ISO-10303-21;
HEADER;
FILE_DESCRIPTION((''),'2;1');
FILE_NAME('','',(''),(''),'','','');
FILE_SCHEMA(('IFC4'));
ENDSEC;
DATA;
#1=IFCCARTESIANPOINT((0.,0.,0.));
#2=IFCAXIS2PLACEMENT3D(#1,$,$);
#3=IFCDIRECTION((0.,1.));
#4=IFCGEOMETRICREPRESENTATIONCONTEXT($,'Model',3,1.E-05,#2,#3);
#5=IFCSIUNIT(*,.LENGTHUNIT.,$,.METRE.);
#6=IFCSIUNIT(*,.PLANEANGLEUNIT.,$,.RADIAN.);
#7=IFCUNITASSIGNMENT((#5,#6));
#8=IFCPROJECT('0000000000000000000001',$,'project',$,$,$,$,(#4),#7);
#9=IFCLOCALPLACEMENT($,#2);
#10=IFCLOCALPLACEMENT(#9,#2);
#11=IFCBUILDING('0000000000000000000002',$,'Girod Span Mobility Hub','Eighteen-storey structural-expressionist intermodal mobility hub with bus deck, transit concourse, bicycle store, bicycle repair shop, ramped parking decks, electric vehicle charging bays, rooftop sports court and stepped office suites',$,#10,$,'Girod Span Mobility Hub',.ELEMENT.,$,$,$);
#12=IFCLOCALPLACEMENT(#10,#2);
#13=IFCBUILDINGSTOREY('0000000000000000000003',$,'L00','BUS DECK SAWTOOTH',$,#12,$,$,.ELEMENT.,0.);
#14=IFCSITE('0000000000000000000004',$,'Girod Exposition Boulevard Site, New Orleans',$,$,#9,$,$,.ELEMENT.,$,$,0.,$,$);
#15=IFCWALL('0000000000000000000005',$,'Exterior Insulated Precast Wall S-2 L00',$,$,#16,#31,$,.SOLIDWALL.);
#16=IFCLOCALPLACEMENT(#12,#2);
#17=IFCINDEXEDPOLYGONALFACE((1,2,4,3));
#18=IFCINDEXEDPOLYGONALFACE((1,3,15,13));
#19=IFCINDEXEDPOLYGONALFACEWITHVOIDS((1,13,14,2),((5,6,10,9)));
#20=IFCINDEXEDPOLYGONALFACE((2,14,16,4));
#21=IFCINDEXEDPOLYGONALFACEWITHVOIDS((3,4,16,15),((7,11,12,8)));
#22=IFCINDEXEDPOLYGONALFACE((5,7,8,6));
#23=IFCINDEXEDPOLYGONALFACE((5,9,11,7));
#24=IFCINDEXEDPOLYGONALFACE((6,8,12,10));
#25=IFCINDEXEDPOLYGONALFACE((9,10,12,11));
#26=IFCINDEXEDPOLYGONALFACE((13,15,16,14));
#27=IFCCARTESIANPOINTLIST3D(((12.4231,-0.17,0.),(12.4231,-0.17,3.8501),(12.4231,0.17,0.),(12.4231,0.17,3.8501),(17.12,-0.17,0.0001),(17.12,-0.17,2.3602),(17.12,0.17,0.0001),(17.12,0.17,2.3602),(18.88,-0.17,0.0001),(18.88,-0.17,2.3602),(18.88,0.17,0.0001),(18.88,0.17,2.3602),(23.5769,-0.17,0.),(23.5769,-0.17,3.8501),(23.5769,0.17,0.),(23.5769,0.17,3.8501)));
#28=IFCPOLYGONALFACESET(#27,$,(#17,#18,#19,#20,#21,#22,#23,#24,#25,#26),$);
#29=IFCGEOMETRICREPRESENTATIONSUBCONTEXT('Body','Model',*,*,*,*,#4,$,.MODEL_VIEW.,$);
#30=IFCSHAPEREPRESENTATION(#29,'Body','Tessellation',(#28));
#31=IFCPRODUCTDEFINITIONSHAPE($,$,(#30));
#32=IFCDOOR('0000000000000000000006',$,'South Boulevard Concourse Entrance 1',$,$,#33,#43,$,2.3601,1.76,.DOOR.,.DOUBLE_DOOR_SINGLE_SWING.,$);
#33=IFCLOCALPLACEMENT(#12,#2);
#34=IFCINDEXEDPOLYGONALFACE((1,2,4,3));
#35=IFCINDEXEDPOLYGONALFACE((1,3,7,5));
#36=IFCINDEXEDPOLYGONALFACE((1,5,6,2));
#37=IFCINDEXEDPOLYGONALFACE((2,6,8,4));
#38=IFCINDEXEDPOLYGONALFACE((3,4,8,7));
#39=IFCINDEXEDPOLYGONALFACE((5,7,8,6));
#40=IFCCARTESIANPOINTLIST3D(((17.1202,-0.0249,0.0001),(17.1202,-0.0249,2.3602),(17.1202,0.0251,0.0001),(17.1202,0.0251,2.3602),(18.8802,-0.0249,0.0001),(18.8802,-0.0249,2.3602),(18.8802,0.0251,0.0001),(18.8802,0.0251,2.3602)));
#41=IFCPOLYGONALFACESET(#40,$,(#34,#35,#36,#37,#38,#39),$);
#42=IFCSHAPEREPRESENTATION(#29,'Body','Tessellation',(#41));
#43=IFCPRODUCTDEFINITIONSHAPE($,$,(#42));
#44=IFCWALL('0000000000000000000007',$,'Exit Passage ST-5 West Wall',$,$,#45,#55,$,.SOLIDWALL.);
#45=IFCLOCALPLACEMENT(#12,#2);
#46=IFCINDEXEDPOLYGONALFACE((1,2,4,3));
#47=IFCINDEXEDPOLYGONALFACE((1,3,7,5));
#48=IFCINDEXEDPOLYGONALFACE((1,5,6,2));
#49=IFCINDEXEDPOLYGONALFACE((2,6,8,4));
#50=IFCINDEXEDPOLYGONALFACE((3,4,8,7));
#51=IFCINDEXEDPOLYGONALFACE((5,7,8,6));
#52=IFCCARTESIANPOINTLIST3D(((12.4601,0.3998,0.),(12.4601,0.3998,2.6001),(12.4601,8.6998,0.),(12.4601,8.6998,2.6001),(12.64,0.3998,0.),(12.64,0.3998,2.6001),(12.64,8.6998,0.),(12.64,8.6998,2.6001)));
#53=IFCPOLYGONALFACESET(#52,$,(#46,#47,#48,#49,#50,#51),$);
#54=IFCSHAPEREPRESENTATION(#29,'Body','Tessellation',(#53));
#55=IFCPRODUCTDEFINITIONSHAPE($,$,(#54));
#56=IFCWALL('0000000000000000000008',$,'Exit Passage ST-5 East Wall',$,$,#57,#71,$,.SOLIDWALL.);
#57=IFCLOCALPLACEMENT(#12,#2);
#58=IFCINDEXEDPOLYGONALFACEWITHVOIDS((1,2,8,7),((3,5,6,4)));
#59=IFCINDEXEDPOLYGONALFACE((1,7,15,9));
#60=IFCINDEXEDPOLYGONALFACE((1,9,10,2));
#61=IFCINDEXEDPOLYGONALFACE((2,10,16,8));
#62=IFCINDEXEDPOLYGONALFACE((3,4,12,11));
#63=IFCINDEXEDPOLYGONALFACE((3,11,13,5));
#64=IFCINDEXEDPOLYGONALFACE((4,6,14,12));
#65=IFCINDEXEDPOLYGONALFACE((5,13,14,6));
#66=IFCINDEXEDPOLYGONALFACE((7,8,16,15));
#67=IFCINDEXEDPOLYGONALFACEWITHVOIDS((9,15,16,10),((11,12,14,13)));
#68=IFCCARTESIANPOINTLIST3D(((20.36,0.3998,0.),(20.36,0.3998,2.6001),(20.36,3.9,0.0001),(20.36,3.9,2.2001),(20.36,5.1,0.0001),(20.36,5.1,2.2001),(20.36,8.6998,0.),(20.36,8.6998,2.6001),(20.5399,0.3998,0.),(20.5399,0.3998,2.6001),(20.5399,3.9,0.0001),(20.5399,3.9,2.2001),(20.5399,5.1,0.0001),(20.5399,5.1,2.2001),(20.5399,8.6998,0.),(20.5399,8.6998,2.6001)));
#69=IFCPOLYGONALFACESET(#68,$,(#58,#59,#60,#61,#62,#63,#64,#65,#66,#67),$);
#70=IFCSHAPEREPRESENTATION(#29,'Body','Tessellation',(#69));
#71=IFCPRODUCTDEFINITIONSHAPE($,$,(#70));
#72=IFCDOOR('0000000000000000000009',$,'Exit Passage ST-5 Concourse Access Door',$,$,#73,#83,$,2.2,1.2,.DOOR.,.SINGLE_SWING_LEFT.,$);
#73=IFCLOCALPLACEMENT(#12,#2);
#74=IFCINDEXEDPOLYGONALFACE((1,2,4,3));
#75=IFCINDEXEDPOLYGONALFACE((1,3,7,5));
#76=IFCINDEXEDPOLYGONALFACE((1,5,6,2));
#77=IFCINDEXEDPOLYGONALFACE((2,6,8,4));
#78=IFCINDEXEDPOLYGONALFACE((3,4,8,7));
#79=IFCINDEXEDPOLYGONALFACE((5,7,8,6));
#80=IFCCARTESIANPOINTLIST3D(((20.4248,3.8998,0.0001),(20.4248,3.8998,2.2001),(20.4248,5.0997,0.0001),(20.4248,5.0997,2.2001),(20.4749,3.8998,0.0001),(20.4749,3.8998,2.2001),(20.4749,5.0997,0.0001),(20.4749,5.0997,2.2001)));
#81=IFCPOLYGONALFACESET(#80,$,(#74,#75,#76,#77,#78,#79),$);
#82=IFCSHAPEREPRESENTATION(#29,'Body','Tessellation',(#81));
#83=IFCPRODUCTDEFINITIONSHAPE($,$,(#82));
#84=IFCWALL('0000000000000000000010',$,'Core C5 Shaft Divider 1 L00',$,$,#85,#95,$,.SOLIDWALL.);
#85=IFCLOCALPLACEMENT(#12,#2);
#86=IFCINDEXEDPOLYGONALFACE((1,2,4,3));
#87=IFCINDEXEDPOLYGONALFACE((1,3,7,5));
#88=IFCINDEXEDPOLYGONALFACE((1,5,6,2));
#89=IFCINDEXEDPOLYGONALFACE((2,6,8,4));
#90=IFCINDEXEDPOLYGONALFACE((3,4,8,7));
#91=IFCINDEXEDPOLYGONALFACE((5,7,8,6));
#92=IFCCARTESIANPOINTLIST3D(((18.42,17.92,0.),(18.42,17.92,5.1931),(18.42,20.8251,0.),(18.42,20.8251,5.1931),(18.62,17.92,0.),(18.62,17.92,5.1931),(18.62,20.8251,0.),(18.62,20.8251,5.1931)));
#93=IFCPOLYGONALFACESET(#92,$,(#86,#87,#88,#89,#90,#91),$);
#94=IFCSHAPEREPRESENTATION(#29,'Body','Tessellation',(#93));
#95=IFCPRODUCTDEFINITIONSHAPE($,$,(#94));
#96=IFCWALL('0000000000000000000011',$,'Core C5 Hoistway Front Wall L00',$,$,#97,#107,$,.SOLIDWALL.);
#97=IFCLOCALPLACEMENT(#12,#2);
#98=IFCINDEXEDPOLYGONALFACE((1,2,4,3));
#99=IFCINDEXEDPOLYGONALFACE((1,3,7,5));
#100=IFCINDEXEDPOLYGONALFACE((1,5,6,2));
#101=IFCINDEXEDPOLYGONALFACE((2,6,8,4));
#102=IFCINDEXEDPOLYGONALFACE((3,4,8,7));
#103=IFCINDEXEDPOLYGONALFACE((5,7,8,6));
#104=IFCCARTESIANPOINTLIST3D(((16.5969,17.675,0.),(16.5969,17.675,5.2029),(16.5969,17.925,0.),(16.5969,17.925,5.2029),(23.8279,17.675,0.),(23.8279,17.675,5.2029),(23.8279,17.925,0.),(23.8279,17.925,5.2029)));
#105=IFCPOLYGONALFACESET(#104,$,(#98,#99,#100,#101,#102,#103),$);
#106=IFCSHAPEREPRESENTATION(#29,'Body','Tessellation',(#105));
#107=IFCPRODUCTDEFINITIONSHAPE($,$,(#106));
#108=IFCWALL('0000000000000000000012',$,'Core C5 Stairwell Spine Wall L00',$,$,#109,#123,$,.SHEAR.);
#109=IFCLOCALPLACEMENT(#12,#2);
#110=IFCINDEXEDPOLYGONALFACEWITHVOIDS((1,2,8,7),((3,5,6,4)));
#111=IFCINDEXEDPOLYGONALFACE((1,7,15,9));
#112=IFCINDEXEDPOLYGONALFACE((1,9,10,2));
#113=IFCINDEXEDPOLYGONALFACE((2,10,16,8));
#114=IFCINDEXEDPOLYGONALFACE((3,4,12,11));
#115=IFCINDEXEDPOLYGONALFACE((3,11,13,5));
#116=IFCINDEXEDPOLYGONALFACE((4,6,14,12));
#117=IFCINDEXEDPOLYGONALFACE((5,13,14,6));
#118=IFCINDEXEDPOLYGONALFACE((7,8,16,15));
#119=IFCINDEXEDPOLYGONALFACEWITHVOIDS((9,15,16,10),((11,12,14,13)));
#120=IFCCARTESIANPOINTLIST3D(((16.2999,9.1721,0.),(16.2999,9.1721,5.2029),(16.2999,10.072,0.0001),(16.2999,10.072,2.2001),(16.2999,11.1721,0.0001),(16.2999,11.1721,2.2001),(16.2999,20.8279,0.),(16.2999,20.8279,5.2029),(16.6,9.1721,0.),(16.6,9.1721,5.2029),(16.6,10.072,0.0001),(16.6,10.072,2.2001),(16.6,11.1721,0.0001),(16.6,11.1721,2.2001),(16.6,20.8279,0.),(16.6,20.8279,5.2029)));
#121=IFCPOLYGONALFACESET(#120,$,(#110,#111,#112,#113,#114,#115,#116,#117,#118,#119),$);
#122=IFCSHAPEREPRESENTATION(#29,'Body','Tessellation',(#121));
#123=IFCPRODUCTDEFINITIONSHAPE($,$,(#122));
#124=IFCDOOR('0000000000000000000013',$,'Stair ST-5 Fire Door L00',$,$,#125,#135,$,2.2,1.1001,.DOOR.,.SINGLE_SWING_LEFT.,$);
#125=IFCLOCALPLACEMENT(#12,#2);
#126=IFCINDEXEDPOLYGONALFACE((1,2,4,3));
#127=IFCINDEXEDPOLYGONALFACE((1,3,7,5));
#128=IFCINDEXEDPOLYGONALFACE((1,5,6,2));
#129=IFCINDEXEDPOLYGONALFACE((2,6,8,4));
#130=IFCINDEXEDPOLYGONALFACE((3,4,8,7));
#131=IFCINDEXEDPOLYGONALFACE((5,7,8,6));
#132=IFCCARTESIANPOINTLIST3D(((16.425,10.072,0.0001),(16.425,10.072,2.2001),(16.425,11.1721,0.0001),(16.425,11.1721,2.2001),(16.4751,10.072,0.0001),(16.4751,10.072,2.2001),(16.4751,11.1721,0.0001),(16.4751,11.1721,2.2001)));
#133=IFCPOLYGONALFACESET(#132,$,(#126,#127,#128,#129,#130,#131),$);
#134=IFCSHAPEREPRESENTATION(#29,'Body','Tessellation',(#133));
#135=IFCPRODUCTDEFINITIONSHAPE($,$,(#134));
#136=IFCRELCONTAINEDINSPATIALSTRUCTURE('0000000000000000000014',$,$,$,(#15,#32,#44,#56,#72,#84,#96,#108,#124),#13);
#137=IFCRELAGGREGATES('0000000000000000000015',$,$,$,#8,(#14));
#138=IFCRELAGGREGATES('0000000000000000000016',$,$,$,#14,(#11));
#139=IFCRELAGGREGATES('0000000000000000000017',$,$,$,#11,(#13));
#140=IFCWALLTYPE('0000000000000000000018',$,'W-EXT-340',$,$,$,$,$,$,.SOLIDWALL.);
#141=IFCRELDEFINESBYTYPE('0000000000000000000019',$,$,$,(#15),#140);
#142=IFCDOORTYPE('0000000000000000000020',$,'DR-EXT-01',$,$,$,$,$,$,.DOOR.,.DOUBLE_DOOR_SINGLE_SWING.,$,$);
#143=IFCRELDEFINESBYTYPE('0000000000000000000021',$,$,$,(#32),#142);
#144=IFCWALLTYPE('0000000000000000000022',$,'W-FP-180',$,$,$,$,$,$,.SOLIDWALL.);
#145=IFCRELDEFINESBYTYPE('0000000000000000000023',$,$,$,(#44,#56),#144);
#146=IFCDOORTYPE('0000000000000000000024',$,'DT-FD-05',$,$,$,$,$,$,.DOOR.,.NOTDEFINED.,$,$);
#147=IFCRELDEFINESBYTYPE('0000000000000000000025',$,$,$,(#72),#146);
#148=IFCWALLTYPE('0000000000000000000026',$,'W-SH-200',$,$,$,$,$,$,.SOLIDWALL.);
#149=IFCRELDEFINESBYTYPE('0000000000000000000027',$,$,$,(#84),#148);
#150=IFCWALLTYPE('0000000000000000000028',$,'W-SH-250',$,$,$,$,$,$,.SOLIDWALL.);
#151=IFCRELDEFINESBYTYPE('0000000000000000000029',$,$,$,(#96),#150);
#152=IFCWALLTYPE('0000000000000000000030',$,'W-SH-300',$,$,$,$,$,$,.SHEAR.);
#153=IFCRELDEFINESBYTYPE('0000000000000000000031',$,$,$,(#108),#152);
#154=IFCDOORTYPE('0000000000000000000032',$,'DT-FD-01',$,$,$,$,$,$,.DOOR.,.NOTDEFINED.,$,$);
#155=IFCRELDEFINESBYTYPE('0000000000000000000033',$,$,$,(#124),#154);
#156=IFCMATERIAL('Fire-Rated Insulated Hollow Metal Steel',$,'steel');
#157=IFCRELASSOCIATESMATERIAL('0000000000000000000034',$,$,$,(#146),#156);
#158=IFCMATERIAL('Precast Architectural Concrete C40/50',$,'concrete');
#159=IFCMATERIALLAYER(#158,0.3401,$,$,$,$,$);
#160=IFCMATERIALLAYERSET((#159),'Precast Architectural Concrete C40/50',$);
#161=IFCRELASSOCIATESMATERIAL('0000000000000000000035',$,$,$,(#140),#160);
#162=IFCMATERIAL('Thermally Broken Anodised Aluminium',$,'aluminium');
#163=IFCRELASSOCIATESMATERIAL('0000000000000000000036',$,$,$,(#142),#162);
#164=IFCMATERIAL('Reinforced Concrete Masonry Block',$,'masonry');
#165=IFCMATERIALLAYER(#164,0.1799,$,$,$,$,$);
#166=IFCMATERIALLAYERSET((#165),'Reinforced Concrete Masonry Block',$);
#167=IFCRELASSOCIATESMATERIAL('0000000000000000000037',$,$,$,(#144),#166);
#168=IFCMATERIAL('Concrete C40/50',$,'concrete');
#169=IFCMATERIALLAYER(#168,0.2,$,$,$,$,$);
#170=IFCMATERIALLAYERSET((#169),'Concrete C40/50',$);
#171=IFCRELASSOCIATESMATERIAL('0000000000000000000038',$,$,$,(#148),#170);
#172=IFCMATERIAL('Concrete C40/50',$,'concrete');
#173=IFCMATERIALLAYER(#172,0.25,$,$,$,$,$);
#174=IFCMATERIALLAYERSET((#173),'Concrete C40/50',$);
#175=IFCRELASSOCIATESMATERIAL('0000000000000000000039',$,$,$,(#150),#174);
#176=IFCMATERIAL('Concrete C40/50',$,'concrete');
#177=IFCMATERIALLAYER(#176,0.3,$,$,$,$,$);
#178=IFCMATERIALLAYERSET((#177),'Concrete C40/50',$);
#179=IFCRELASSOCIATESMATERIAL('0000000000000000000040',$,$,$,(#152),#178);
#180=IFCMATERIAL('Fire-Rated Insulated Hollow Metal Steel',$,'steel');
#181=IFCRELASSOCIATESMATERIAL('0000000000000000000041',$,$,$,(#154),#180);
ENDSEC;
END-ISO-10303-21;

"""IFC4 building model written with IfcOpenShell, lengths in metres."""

from ifc_helpers import new_model, si_unit, direction, frame, frame_2d, origin, place, context, subcontext, project, spatial, rectangle, extrude, material, layer, layer_set, type_object, element, fill, save


model = new_model("IFC4")

# Units and contexts
model_context = context("Model", 3, precision=1e-05, world=origin(), true_north=direction((0.0, 1.0)))
body_context = subcontext(model_context, "Body", "Model", "MODEL_VIEW")
ifc_project = project(units=[si_unit("LENGTHUNIT", "METRE"), si_unit("PLANEANGLEUNIT", "RADIAN")], contexts=[model_context])

# Site, building, storey
site_placement = place(None, origin())
site = spatial("IfcSite", under=ifc_project, at=site_placement, Name="Girod Exposition Boulevard Site, New Orleans", CompositionType="ELEMENT", RefElevation=0.0)
building_placement = place(site_placement, origin())
building = spatial("IfcBuilding", under=site, at=building_placement, Name="Girod Span Mobility Hub", Description="Eighteen-storey structural-expressionist intermodal mobility hub with bus deck, transit concourse, bicycle store, bicycle repair shop, ramped parking decks, electric vehicle charging bays, rooftop sports court and stepped office suites", LongName="Girod Span Mobility Hub", CompositionType="ELEMENT")
storey_placement = place(building_placement, origin())
storey = spatial("IfcBuildingStorey", under=building, at=storey_placement, Name="L00", Description="BUS DECK SAWTOOTH", CompositionType="ELEMENT", Elevation=0.0)

# Wall, opening, door
ifc_material_1 = material(Name="Fire-Rated Insulated Hollow Metal Steel", Category="steel")
door_type_1 = type_object("IfcDoorType", Name="DT-FD-05", OperationType="NOTDEFINED", PredefinedType="DOOR", material=ifc_material_1)
ifc_material_2 = material(Name="Precast Architectural Concrete C40/50", Category="concrete")
ifc_layer_1 = layer(ifc_material_2, 0.3401)
ifc_layer_set_1 = layer_set([ifc_layer_1], Name="Precast Architectural Concrete C40/50")
wall_type_1 = type_object("IfcWallType", Name="W-EXT-340", PredefinedType="SOLIDWALL", material=ifc_layer_set_1)
wall_1_placement = place(storey_placement, frame((12.4231, 0.0, 0.0), z_axis=(0.0, 0.0, 1.0), x_axis=(1.0, 0.0, 0.0)))
wall_1 = element("IfcWall", 1, at=wall_1_placement, inside=storey, type_object=wall_type_1, Name="Exterior Insulated Precast Wall S-2 L00", PredefinedType="SOLIDWALL", context=body_context, shape_type="SweptSolid", body=[
    extrude(rectangle(XDim=11.1538, YDim=0.3401, at=frame_2d((5.5769, 0.0))), origin(), (0.0, 0.0, 1.0), 3.8501),
])
opening_1_placement = place(wall_1_placement, frame((4.697, 0.0, 0.0)))
opening_1 = element("IfcOpeningElement", 2, at=opening_1_placement, cuts=wall_1, PredefinedType="OPENING", context=body_context, shape_type="SweptSolid", body=[
    extrude(rectangle(XDim=1.76, YDim=2.3601, at=frame_2d((0.8799, 1.1802))), frame((0.0, 0.1851, 0.0), z_axis=(0.0, -1.0, 0.0), x_axis=(1.0, 0.0, 0.0)), (0.0, 0.0, 1.0), 0.3701),
])
ifc_material_3 = material(Name="Thermally Broken Anodised Aluminium", Category="aluminium")
door_type_2 = type_object("IfcDoorType", Name="DR-EXT-01", OperationType="DOUBLE_DOOR_SINGLE_SWING", PredefinedType="DOOR", material=ifc_material_3)
door_1_placement = place(opening_1_placement, frame((1.76, 0.0, 0.0), z_axis=(0.0, 0.0, 1.0), x_axis=(-1.0, 0.0, 0.0)))
door_1 = element("IfcDoor", 3, at=door_1_placement, inside=storey, type_object=door_type_2, Name="South Boulevard Concourse Entrance 1", OperationType="DOUBLE_DOOR_SINGLE_SWING", OverallHeight=2.3601, OverallWidth=1.76, PredefinedType="DOOR", context=body_context, shape_type="SweptSolid", body=[
    extrude(rectangle(XDim=1.76, YDim=2.3601, at=frame_2d((0.8799, 1.1802))), frame((0.0, 0.0249, 0.0), z_axis=(0.0, -1.0, 0.0), x_axis=(1.0, 0.0, 0.0)), (0.0, 0.0, 1.0), 0.05),
])
fill(opening_1, door_1)

# Wall
ifc_material_4 = material(Name="Reinforced Concrete Masonry Block", Category="masonry")
ifc_layer_2 = layer(ifc_material_4, 0.1799)
ifc_layer_set_2 = layer_set([ifc_layer_2], Name="Reinforced Concrete Masonry Block")
wall_type_2 = type_object("IfcWallType", Name="W-FP-180", PredefinedType="SOLIDWALL", material=ifc_layer_set_2)
wall_2_placement = place(storey_placement, frame((12.55, 0.3999, 0.0), z_axis=(0.0, 0.0, 1.0), x_axis=(0.0, 1.0, 0.0)))
element("IfcWall", 4, at=wall_2_placement, inside=storey, type_object=wall_type_2, Name="Exit Passage ST-5 West Wall", PredefinedType="SOLIDWALL", context=body_context, shape_type="SweptSolid", body=[
    extrude(rectangle(XDim=8.3, YDim=0.1799, at=frame_2d((4.1499, 0.0))), origin(), (0.0, 0.0, 1.0), 2.6001),
])

# Wall, opening, door
wall_3_placement = place(storey_placement, frame((20.45, 0.3999, 0.0), z_axis=(0.0, 0.0, 1.0), x_axis=(0.0, 1.0, 0.0)))
wall_3 = element("IfcWall", 5, at=wall_3_placement, inside=storey, type_object=wall_type_2, Name="Exit Passage ST-5 East Wall", PredefinedType="SOLIDWALL", context=body_context, shape_type="SweptSolid", body=[
    extrude(rectangle(XDim=8.3, YDim=0.1799, at=frame_2d((4.1499, 0.0))), origin(), (0.0, 0.0, 1.0), 2.6001),
])
opening_2_placement = place(wall_3_placement, frame((3.5, 0.0, 0.0)))
opening_2 = element("IfcOpeningElement", 6, at=opening_2_placement, cuts=wall_3, PredefinedType="OPENING", context=body_context, shape_type="SweptSolid", body=[
    extrude(rectangle(XDim=1.2, YDim=2.2, at=frame_2d((0.6001, 1.1001))), frame((0.0, 0.105, 0.0), z_axis=(0.0, -1.0, 0.0), x_axis=(1.0, 0.0, 0.0)), (0.0, 0.0, 1.0), 0.21),
])
door_2_placement = place(opening_2_placement, frame((1.2, 0.0, 0.0), z_axis=(0.0, 0.0, 1.0), x_axis=(-1.0, 0.0, 0.0)))
door_2 = element("IfcDoor", 7, at=door_2_placement, inside=storey, type_object=door_type_1, Name="Exit Passage ST-5 Concourse Access Door", OperationType="SINGLE_SWING_LEFT", OverallHeight=2.2, OverallWidth=1.2, PredefinedType="DOOR", context=body_context, shape_type="SweptSolid", body=[
    extrude(rectangle(XDim=1.2, YDim=2.2, at=frame_2d((0.6001, 1.1001))), frame((0.0, 0.0249, 0.0), z_axis=(0.0, -1.0, 0.0), x_axis=(1.0, 0.0, 0.0)), (0.0, 0.0, 1.0), 0.05),
])
fill(opening_2, door_2)

# Walls
ifc_material_5 = material(Name="Concrete C40/50", Category="concrete")
ifc_layer_3 = layer(ifc_material_5, 0.2)
ifc_layer_set_3 = layer_set([ifc_layer_3], Name="Concrete C40/50")
wall_type_3 = type_object("IfcWallType", Name="W-SH-200", PredefinedType="SOLIDWALL", material=ifc_layer_set_3)
wall_4_placement = place(storey_placement, frame((18.52, 17.9199, 0.0), z_axis=(0.0, 0.0, 1.0), x_axis=(0.0, 1.0, 0.0)))
element("IfcWall", 8, at=wall_4_placement, inside=storey, type_object=wall_type_3, Name="Core C5 Shaft Divider 1 L00", PredefinedType="SOLIDWALL", context=body_context, shape_type="SweptSolid", body=[
    extrude(rectangle(XDim=2.905, YDim=0.2, at=frame_2d((1.4526, 0.0))), origin(), (0.0, 0.0, 1.0), 5.1931),
])
ifc_material_6 = material(Name="Concrete C40/50", Category="concrete")
ifc_layer_4 = layer(ifc_material_6, 0.25)
ifc_layer_set_4 = layer_set([ifc_layer_4], Name="Concrete C40/50")
wall_type_4 = type_object("IfcWallType", Name="W-SH-250", PredefinedType="SOLIDWALL", material=ifc_layer_set_4)
wall_5_placement = place(storey_placement, frame((16.5969, 17.8, 0.0), z_axis=(0.0, 0.0, 1.0), x_axis=(1.0, 0.0, 0.0)))
element("IfcWall", 9, at=wall_5_placement, inside=storey, type_object=wall_type_4, Name="Core C5 Hoistway Front Wall L00", PredefinedType="SOLIDWALL", context=body_context, shape_type="SweptSolid", body=[
    extrude(rectangle(XDim=7.231, YDim=0.25, at=frame_2d((3.6155, 0.0))), origin(), (0.0, 0.0, 1.0), 5.2029),
])

# Wall, opening, door
ifc_material_7 = material(Name="Concrete C40/50", Category="concrete")
ifc_layer_5 = layer(ifc_material_7, 0.3)
ifc_layer_set_5 = layer_set([ifc_layer_5], Name="Concrete C40/50")
wall_type_5 = type_object("IfcWallType", Name="W-SH-300", PredefinedType="SHEAR", material=ifc_layer_set_5)
wall_6_placement = place(storey_placement, frame((16.45, 9.1721, 0.0), z_axis=(0.0, 0.0, 1.0), x_axis=(0.0, 1.0, 0.0)))
wall_6 = element("IfcWall", 10, at=wall_6_placement, inside=storey, type_object=wall_type_5, Name="Core C5 Stairwell Spine Wall L00", PredefinedType="SHEAR", context=body_context, shape_type="SweptSolid", body=[
    extrude(rectangle(XDim=11.6558, YDim=0.3, at=frame_2d((5.8279, 0.0))), origin(), (0.0, 0.0, 1.0), 5.2029),
])
opening_3_placement = place(wall_6_placement, frame((0.8999, 0.0, 0.0)))
opening_3 = element("IfcOpeningElement", 11, at=opening_3_placement, cuts=wall_6, PredefinedType="OPENING", context=body_context, shape_type="SweptSolid", body=[
    extrude(rectangle(XDim=1.1001, YDim=2.2, at=frame_2d((0.55, 1.1001))), frame((0.0, 0.165, 0.0), z_axis=(0.0, -1.0, 0.0), x_axis=(1.0, 0.0, 0.0)), (0.0, 0.0, 1.0), 0.3301),
])
ifc_material_8 = material(Name="Fire-Rated Insulated Hollow Metal Steel", Category="steel")
door_type_3 = type_object("IfcDoorType", Name="DT-FD-01", OperationType="NOTDEFINED", PredefinedType="DOOR", material=ifc_material_8)
door_3_placement = place(opening_3_placement, origin())
door_3 = element("IfcDoor", 12, at=door_3_placement, inside=storey, type_object=door_type_3, Name="Stair ST-5 Fire Door L00", OperationType="SINGLE_SWING_LEFT", OverallHeight=2.2, OverallWidth=1.1001, PredefinedType="DOOR", context=body_context, shape_type="SweptSolid", body=[
    extrude(rectangle(XDim=1.1001, YDim=2.2, at=frame_2d((0.55, 1.1001))), frame((0.0, 0.0249, 0.0), z_axis=(0.0, -1.0, 0.0), x_axis=(1.0, 0.0, 0.0)), (0.0, 0.0, 1.0), 0.05),
])
fill(opening_3, door_3)

save(model, "model.ifc")
